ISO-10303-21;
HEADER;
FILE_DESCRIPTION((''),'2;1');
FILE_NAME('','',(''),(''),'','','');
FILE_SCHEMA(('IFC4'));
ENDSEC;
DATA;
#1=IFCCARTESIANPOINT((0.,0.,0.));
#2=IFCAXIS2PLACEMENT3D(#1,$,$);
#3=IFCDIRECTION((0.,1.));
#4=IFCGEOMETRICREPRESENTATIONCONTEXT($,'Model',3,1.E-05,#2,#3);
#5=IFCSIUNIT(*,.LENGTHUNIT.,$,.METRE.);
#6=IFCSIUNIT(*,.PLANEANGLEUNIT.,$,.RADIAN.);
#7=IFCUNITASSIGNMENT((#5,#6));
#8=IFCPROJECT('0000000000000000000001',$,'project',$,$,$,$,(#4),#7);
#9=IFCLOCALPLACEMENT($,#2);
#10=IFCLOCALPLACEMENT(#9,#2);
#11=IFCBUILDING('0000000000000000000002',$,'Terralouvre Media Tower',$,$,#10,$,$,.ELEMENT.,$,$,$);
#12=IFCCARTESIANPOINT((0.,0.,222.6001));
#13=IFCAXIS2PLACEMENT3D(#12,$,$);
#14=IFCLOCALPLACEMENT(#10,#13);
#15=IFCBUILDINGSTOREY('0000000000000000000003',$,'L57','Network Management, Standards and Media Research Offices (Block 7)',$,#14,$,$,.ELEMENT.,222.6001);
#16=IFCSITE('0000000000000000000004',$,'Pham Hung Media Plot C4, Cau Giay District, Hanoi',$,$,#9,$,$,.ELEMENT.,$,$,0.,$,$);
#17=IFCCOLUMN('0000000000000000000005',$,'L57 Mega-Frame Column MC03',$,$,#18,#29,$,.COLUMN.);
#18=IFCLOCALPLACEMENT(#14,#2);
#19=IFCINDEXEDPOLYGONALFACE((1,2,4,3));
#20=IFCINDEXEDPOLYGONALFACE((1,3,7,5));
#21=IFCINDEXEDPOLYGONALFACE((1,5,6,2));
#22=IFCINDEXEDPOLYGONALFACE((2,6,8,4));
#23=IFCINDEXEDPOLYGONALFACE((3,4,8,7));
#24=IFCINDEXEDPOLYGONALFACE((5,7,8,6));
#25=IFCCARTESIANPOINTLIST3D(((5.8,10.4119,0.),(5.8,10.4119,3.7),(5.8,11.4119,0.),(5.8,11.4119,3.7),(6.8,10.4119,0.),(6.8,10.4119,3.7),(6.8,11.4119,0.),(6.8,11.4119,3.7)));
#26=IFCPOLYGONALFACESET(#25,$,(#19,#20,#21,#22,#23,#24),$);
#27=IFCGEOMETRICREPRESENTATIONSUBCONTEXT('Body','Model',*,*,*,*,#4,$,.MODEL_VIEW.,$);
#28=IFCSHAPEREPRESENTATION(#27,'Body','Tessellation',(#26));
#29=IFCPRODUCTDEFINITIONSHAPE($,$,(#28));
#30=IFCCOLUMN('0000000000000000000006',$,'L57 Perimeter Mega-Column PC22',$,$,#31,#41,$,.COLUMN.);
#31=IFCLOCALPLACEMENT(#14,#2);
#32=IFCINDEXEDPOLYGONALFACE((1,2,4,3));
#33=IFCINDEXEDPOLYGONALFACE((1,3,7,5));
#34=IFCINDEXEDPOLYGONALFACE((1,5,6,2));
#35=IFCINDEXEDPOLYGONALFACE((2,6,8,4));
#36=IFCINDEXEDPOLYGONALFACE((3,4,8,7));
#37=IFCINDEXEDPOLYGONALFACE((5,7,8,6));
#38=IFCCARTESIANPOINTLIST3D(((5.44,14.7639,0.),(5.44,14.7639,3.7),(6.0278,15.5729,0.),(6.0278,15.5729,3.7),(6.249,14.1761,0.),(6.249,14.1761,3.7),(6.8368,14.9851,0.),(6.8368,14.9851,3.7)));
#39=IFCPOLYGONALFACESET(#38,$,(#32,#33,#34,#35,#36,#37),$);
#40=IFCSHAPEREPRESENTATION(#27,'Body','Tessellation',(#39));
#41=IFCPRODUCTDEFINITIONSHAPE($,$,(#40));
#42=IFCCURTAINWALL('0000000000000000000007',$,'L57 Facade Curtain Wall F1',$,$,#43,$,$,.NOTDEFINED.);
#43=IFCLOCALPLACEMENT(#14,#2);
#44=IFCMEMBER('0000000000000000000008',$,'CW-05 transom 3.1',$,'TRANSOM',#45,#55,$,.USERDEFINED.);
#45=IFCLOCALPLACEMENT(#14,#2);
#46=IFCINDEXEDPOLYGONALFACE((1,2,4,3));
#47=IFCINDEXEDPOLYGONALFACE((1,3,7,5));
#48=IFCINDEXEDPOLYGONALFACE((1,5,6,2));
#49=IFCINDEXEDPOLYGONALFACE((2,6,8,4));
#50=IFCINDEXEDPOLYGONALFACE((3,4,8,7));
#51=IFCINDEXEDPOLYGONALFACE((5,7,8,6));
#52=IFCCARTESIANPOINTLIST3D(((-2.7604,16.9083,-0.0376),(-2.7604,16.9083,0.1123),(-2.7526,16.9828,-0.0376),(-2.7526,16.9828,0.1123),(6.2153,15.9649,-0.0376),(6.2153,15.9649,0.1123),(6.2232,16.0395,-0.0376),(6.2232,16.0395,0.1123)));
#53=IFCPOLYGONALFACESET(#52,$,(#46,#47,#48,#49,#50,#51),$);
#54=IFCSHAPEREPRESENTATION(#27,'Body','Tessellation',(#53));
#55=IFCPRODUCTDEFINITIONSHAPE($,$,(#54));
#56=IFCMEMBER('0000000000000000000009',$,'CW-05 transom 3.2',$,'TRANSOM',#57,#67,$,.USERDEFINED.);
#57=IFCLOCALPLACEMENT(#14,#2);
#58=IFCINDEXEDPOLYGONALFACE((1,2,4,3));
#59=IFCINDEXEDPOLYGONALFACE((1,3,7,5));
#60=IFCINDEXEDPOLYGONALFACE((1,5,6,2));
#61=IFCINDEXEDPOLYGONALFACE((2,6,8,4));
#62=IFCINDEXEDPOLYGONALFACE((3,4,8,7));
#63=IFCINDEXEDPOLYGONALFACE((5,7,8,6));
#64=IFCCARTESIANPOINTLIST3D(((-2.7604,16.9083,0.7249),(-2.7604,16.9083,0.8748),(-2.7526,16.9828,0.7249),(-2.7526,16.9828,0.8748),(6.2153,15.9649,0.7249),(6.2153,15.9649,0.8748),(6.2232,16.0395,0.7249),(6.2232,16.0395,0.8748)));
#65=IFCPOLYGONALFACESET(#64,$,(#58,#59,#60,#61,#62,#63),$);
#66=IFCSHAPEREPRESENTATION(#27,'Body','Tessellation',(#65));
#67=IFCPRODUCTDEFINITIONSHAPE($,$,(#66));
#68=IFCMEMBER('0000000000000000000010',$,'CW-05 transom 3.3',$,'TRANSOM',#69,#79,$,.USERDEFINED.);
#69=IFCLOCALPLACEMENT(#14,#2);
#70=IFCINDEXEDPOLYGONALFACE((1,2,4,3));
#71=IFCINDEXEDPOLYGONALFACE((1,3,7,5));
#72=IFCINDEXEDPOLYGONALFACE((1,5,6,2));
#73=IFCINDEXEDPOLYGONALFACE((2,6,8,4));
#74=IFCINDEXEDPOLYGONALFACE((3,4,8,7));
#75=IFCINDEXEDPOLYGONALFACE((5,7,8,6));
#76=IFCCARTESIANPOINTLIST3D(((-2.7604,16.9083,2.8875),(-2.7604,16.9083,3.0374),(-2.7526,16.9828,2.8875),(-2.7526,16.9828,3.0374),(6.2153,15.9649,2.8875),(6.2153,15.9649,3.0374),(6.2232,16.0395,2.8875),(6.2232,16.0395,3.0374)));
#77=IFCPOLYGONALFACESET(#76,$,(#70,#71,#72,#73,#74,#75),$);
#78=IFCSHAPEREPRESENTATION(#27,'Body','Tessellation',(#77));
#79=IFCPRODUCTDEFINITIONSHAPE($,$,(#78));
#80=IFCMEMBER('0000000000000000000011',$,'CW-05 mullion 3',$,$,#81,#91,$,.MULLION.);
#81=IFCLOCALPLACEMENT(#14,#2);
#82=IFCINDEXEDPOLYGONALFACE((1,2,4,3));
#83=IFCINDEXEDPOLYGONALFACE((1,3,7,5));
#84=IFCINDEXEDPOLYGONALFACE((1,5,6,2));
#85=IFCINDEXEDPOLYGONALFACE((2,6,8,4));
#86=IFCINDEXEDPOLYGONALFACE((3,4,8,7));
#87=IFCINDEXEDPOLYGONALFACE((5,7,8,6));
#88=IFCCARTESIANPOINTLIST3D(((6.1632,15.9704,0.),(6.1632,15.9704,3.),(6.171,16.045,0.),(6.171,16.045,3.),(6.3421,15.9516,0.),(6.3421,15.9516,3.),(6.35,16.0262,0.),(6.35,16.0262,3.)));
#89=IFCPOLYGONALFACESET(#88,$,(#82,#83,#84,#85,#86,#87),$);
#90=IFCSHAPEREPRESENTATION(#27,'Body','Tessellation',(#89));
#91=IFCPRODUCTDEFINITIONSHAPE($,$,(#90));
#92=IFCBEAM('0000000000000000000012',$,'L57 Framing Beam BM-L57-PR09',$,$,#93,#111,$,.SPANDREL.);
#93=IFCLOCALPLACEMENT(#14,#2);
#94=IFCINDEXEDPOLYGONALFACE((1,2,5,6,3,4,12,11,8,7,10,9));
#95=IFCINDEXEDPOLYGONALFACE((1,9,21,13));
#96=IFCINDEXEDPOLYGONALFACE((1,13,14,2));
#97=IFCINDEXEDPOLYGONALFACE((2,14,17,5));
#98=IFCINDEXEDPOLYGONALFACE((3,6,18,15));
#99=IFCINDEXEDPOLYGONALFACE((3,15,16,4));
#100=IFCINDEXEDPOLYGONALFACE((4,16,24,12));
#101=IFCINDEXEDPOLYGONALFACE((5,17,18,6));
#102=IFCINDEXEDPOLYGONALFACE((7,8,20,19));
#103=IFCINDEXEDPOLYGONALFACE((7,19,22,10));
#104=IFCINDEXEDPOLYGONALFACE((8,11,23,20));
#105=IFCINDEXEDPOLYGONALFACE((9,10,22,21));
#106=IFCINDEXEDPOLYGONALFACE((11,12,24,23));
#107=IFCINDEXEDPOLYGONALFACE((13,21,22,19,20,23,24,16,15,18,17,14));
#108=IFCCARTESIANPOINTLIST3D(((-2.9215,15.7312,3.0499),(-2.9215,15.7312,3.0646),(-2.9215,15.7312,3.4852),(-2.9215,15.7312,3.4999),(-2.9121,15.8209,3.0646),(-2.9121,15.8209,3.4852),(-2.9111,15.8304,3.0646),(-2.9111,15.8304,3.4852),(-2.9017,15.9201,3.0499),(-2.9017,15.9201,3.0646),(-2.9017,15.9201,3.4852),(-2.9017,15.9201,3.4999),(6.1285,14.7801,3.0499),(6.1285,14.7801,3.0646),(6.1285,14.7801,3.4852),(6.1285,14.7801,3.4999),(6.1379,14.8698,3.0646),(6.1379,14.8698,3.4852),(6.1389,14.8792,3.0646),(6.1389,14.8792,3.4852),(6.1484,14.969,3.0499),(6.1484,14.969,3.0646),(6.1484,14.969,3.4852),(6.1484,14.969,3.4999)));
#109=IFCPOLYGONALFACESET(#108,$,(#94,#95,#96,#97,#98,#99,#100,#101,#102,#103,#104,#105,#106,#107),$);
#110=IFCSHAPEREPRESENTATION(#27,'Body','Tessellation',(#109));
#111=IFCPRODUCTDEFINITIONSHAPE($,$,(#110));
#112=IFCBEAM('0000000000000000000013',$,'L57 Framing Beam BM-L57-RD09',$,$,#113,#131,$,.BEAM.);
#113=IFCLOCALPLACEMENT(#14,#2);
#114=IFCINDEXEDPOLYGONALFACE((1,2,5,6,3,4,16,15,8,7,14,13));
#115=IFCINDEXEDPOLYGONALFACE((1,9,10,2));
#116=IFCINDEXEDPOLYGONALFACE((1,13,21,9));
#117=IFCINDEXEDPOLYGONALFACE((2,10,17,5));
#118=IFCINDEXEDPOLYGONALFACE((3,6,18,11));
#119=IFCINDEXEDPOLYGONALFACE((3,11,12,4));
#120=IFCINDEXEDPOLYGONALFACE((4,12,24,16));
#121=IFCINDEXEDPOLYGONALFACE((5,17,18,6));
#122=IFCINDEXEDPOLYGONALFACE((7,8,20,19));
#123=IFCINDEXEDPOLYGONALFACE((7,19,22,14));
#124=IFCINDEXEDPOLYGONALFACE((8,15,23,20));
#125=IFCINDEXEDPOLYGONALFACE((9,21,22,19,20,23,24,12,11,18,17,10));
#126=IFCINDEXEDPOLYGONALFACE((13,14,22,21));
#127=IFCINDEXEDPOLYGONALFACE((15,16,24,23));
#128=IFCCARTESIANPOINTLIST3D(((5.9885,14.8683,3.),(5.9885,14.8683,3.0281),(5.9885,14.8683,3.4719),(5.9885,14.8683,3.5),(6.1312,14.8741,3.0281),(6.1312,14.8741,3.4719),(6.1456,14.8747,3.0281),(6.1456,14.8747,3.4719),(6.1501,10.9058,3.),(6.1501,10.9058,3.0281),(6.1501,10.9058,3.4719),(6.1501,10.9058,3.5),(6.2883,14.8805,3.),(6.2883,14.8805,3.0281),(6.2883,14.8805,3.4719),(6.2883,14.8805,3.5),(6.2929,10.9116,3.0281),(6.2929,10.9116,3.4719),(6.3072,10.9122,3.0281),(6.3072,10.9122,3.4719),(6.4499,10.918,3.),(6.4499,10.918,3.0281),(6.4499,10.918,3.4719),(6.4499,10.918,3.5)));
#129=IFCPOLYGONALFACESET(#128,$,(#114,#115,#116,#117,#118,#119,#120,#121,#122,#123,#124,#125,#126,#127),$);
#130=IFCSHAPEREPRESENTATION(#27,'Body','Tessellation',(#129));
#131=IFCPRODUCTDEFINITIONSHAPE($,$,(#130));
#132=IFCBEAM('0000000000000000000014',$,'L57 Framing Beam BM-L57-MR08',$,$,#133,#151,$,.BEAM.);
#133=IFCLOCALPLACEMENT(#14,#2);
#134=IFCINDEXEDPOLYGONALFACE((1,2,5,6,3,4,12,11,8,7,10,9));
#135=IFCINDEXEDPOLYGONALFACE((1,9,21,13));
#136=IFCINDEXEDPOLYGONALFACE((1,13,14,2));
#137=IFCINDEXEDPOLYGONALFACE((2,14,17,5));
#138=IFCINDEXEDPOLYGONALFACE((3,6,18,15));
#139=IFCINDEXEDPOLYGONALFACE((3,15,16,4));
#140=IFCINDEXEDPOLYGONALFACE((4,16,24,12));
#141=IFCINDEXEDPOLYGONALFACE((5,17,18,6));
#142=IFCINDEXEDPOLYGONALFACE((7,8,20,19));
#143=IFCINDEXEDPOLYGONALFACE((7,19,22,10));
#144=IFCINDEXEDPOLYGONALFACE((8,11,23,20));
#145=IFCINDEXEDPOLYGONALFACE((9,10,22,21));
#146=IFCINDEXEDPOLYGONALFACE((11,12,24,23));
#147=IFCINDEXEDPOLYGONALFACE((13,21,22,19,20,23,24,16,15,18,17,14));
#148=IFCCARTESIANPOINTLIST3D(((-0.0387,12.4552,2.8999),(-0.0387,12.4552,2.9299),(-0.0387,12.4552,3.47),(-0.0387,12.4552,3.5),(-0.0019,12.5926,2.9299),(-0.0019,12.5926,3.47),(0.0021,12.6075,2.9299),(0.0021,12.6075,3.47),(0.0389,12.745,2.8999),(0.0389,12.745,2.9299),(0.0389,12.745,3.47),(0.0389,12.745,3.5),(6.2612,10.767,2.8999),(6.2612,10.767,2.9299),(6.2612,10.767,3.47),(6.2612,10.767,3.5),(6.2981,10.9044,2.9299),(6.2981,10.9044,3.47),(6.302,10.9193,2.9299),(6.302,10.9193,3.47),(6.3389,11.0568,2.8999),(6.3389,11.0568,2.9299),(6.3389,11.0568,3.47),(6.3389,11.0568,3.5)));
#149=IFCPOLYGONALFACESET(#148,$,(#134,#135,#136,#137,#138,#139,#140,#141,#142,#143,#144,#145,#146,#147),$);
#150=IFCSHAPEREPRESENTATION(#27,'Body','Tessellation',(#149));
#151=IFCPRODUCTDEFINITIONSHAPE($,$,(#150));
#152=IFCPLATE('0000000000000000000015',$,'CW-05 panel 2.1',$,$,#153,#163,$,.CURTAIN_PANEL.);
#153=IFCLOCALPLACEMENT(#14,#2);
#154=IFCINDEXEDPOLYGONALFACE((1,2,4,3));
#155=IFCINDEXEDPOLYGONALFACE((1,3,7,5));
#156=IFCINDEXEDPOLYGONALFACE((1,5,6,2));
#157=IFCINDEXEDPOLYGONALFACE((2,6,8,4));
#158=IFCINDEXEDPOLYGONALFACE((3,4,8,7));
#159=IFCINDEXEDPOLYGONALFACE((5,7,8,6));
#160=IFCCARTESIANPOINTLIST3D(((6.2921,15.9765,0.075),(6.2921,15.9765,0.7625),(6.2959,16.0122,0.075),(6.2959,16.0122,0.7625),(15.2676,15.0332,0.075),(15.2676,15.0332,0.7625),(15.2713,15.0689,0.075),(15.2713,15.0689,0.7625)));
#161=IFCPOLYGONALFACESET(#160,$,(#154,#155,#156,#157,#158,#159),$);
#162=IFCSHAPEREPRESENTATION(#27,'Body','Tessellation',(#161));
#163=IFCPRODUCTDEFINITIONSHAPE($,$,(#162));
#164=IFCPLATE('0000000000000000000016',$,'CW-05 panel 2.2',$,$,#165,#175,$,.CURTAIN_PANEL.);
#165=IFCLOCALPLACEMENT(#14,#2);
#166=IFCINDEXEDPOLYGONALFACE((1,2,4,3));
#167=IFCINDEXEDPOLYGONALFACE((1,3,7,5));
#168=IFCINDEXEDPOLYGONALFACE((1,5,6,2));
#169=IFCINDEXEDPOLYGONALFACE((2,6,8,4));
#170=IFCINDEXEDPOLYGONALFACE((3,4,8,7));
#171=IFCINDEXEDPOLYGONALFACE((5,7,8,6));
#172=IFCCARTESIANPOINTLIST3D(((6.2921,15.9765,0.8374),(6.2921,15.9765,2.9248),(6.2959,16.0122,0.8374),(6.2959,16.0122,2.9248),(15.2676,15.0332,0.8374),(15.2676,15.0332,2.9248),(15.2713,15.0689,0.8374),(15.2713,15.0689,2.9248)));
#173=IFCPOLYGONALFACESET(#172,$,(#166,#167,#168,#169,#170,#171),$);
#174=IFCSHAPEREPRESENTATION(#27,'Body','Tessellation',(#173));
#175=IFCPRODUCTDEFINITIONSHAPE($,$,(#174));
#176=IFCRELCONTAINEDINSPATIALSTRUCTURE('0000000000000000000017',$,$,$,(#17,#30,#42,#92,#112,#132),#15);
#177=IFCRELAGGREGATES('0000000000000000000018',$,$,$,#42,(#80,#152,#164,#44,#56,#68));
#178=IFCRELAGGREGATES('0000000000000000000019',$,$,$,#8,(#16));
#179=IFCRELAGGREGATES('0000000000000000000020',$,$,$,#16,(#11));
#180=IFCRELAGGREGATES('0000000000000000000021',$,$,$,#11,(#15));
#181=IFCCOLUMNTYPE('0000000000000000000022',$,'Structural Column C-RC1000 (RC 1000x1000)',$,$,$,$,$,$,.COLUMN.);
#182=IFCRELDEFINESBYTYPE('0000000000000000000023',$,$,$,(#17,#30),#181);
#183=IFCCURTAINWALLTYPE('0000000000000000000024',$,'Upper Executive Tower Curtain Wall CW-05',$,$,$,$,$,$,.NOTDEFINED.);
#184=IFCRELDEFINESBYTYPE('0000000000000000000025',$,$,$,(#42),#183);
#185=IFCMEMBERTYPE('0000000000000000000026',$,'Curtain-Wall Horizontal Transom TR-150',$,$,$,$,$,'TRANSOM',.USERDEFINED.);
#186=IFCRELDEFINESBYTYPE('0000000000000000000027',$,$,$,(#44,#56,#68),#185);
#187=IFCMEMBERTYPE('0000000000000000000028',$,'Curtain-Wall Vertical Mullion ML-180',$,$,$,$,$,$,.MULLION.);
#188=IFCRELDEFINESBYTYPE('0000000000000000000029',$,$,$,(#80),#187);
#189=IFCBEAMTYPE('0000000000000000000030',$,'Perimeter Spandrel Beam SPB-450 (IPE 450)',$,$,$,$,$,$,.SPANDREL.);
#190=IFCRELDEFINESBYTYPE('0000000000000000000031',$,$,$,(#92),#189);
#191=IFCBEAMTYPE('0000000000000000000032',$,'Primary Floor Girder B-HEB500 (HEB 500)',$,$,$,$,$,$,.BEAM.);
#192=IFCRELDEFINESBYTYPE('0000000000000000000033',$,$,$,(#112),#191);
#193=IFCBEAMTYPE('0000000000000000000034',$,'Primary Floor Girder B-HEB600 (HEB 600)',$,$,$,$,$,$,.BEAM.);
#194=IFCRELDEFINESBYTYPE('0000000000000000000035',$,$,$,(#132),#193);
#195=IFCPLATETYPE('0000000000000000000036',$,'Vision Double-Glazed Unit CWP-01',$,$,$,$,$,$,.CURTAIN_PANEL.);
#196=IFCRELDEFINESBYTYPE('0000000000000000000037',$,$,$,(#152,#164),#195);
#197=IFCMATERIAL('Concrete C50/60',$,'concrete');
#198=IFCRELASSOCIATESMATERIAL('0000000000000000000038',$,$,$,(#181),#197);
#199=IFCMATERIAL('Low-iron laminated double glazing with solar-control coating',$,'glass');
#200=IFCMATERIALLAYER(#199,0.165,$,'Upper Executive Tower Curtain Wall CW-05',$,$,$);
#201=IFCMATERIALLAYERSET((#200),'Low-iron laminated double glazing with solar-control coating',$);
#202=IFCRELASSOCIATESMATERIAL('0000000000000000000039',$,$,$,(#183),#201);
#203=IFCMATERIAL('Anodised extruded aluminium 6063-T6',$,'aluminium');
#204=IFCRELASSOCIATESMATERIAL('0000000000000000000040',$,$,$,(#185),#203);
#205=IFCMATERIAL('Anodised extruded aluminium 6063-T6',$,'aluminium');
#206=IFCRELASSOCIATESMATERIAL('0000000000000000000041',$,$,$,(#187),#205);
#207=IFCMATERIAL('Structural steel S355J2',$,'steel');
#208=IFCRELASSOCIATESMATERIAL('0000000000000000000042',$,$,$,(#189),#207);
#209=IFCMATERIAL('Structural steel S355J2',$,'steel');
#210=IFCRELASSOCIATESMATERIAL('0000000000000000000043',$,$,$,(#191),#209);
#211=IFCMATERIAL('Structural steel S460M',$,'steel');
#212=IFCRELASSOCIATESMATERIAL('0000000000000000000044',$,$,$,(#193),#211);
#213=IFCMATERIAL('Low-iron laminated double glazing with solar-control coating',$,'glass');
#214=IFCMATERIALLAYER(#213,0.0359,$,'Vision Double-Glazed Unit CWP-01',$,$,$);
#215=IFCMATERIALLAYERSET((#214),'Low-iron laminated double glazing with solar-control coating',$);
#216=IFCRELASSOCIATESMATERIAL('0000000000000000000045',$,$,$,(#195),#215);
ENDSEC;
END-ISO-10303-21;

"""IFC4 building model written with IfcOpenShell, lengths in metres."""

from ifc_helpers import new_model, si_unit, direction, frame, origin, origin_2d, place, context, subcontext, project, spatial, rectangle, i_section, extrude, material, layer, layer_set, material_profile, profile_set, type_object, element, aggregate, save


model = new_model("IFC4")

# Units and contexts
model_context = context("Model", 3, precision=1e-05, world=origin(), true_north=direction((0.0, 1.0)))
body_context = subcontext(model_context, "Body", "Model", "MODEL_VIEW")
ifc_project = project(units=[si_unit("LENGTHUNIT", "METRE"), si_unit("PLANEANGLEUNIT", "RADIAN")], contexts=[model_context])

# Site, building, storey
site_placement = place(None, origin())
site = spatial("IfcSite", under=ifc_project, at=site_placement, Name="Pham Hung Media Plot C4, Cau Giay District, Hanoi", CompositionType="ELEMENT", RefElevation=0.0)
building_placement = place(site_placement, origin())
building = spatial("IfcBuilding", under=site, at=building_placement, Name="Terralouvre Media Tower", CompositionType="ELEMENT")
storey_placement = place(building_placement, frame((0.0, 0.0, 222.6001)))
storey = spatial("IfcBuildingStorey", under=building, at=storey_placement, Name="L57", Description="Network Management, Standards and Media Research Offices (Block 7)", CompositionType="ELEMENT", Elevation=222.6001)

# Columns
ifc_material_1 = material(Name="Concrete C50/60", Category="concrete")
ifc_material_profile_1 = material_profile(ifc_material_1, rectangle(XDim=1.0, YDim=1.0, at=origin_2d()), Name="RC 1000x1000")
ifc_profile_set_1 = profile_set([ifc_material_profile_1], Name="Concrete C50/60")
column_type = type_object("IfcColumnType", Name="Structural Column C-RC1000 (RC 1000x1000)", PredefinedType="COLUMN", material=ifc_profile_set_1)
for number, where, z_axis, x_axis, name in (
    (1, (6.3, 10.9119, 0.0), (0.0, 0.0, 1.0), (1.0, 0.0, 0.0), "L57 Mega-Frame Column MC03"),
    (2, (6.1384, 14.8745, 0.0), (0.0, 0.0, 1.0), (0.587785, 0.809017, 0.0), "L57 Perimeter Mega-Column PC22"),
):
    element("IfcColumn", number, at=place(storey_placement, frame(where, z_axis=z_axis, x_axis=x_axis)), inside=storey, type_object=column_type, Name=name, PredefinedType="COLUMN", context=body_context, shape_type="SweptSolid", body=[
        extrude(rectangle(XDim=1.0, YDim=1.0, at=origin_2d()), origin(), (0.0, 0.0, 1.0), 3.7),
    ])

# Curtain wall, members
ifc_material_2 = material(Name="Low-iron laminated double glazing with solar-control coating", Category="glass")
ifc_layer_1 = layer(ifc_material_2, 0.165, Name="Upper Executive Tower Curtain Wall CW-05")
ifc_layer_set_1 = layer_set([ifc_layer_1], Name="Low-iron laminated double glazing with solar-control coating")
curtain_wall_type = type_object("IfcCurtainWallType", Name="Upper Executive Tower Curtain Wall CW-05", PredefinedType="NOTDEFINED", material=ifc_layer_set_1)
curtain_wall_placement = place(storey_placement, origin())
curtain_wall = element("IfcCurtainWall", 3, at=curtain_wall_placement, inside=storey, type_object=curtain_wall_type, Name="L57 Facade Curtain Wall F1", PredefinedType="NOTDEFINED")
ifc_material_3 = material(Name="Anodised extruded aluminium 6063-T6", Category="aluminium")
ifc_material_profile_2 = material_profile(ifc_material_3, rectangle(XDim=0.075, YDim=0.1499, at=origin_2d()), Name="ALU 75x150")
ifc_profile_set_2 = profile_set([ifc_material_profile_2], Name="Anodised extruded aluminium 6063-T6")
member_type_1 = type_object("IfcMemberType", Name="Curtain-Wall Horizontal Transom TR-150", ElementType="TRANSOM", PredefinedType="USERDEFINED", material=ifc_profile_set_2)
member_1_placement = place(storey_placement, frame((6.2192, 16.0022, 0.0374), z_axis=(-0.994522, 0.104527, 0.0), x_axis=(-0.104527, -0.994522, 0.0)))
member_1 = element("IfcMember", 4, at=member_1_placement, type_object=member_type_1, Name="CW-05 transom 3.1", ObjectType="TRANSOM", PredefinedType="USERDEFINED", context=body_context, shape_type="SweptSolid", body=[
    extrude(rectangle(XDim=0.075, YDim=0.1499, at=origin_2d()), origin(), (0.0, 0.0, 1.0), 9.0251),
])
member_2_placement = place(storey_placement, frame((6.2192, 16.0022, 0.7998), z_axis=(-0.994522, 0.104527, 0.0), x_axis=(-0.104527, -0.994522, 0.0)))
member_2 = element("IfcMember", 5, at=member_2_placement, type_object=member_type_1, Name="CW-05 transom 3.2", ObjectType="TRANSOM", PredefinedType="USERDEFINED", context=body_context, shape_type="SweptSolid", body=[
    extrude(rectangle(XDim=0.075, YDim=0.1499, at=origin_2d()), origin(), (0.0, 0.0, 1.0), 9.0251),
])
member_3_placement = place(storey_placement, frame((6.2192, 16.0022, 2.9624), z_axis=(-0.994522, 0.104527, 0.0), x_axis=(-0.104527, -0.994522, 0.0)))
member_3 = element("IfcMember", 6, at=member_3_placement, type_object=member_type_1, Name="CW-05 transom 3.3", ObjectType="TRANSOM", PredefinedType="USERDEFINED", context=body_context, shape_type="SweptSolid", body=[
    extrude(rectangle(XDim=0.075, YDim=0.1499, at=origin_2d()), origin(), (0.0, 0.0, 1.0), 9.0251),
])
ifc_material_4 = material(Name="Anodised extruded aluminium 6063-T6", Category="aluminium")
ifc_material_profile_3 = material_profile(ifc_material_4, rectangle(XDim=0.075, YDim=0.1799, at=origin_2d()), Name="ALU 75x180")
ifc_profile_set_3 = profile_set([ifc_material_profile_3], Name="Anodised extruded aluminium 6063-T6")
member_type_2 = type_object("IfcMemberType", Name="Curtain-Wall Vertical Mullion ML-180", PredefinedType="MULLION", material=ifc_profile_set_3)
member_4_placement = place(storey_placement, frame((6.2566, 15.9983, 0.0), z_axis=(0.0, 0.0, 1.0), x_axis=(-0.104529, -0.994522, 0.0)))
member_4 = element("IfcMember", 7, at=member_4_placement, type_object=member_type_2, Name="CW-05 mullion 3", PredefinedType="MULLION", context=body_context, shape_type="SweptSolid", body=[
    extrude(rectangle(XDim=0.075, YDim=0.1799, at=origin_2d()), origin(), (0.0, 0.0, 1.0), 3.0),
])

# Beams
ifc_material_5 = material(Name="Structural steel S355J2", Category="steel")
ifc_material_profile_4 = material_profile(ifc_material_5, i_section(OverallWidth=0.1899, OverallDepth=0.45, WebThickness=0.0095, FlangeThickness=0.0146, at=origin_2d()), Name="IPE 450")
ifc_profile_set_4 = profile_set([ifc_material_profile_4], Name="Structural steel S355J2")
beam_type_1 = type_object("IfcBeamType", Name="Perimeter Spandrel Beam SPB-450 (IPE 450)", PredefinedType="SPANDREL", material=ifc_profile_set_4)
beam_1_placement = place(storey_placement, frame((6.1384, 14.8745, 3.2749), z_axis=(-0.994522, 0.104526, 0.0), x_axis=(-0.104526, -0.994522, 0.0)))
element("IfcBeam", 8, at=beam_1_placement, inside=storey, type_object=beam_type_1, Name="L57 Framing Beam BM-L57-PR09", PredefinedType="SPANDREL", context=body_context, shape_type="SweptSolid", body=[
    extrude(i_section(OverallWidth=0.1899, OverallDepth=0.45, WebThickness=0.0095, FlangeThickness=0.0146, at=origin_2d()), origin(), (0.0, 0.0, 1.0), 9.0999),
])
ifc_material_6 = material(Name="Structural steel S355J2", Category="steel")
ifc_material_profile_5 = material_profile(ifc_material_6, i_section(OverallWidth=0.3, OverallDepth=0.5, WebThickness=0.0144, FlangeThickness=0.0281, at=origin_2d()), Name="HEB 500")
ifc_profile_set_5 = profile_set([ifc_material_profile_5], Name="Structural steel S355J2")
beam_type_2 = type_object("IfcBeamType", Name="Primary Floor Girder B-HEB500 (HEB 500)", PredefinedType="BEAM", material=ifc_profile_set_5)
beam_2_placement = place(storey_placement, frame((6.3, 10.9119, 3.25), z_axis=(-0.040752, 0.999169, 0.0), x_axis=(-0.999169, -0.040752, 0.0)))
element("IfcBeam", 9, at=beam_2_placement, inside=storey, type_object=beam_type_2, Name="L57 Framing Beam BM-L57-RD09", PredefinedType="BEAM", context=body_context, shape_type="SweptSolid", body=[
    extrude(i_section(OverallWidth=0.3, OverallDepth=0.5, WebThickness=0.0144, FlangeThickness=0.0281, at=origin_2d()), origin(), (0.0, 0.0, 1.0), 3.9658),
])
ifc_material_7 = material(Name="Structural steel S460M", Category="steel")
ifc_material_profile_6 = material_profile(ifc_material_7, i_section(OverallWidth=0.3, OverallDepth=0.6001, WebThickness=0.0154, FlangeThickness=0.03, at=origin_2d()), Name="HEB 600")
ifc_profile_set_6 = profile_set([ifc_material_profile_6], Name="Structural steel S460M")
beam_type_3 = type_object("IfcBeamType", Name="Primary Floor Girder B-HEB600 (HEB 600)", PredefinedType="BEAM", material=ifc_profile_set_6)
beam_3_placement = place(storey_placement, frame((6.3, 10.9119, 3.2), z_axis=(-0.96592, 0.258839, 0.0), x_axis=(-0.258839, -0.96592, 0.0)))
element("IfcBeam", 10, at=beam_3_placement, inside=storey, type_object=beam_type_3, Name="L57 Framing Beam BM-L57-MR08", PredefinedType="BEAM", context=body_context, shape_type="SweptSolid", body=[
    extrude(i_section(OverallWidth=0.3, OverallDepth=0.6001, WebThickness=0.0154, FlangeThickness=0.03, at=origin_2d()), origin(), (0.0, 0.0, 1.0), 6.5222),
])

# Plates
ifc_material_8 = material(Name="Low-iron laminated double glazing with solar-control coating", Category="glass")
ifc_layer_2 = layer(ifc_material_8, 0.0359, Name="Vision Double-Glazed Unit CWP-01")
ifc_layer_set_2 = layer_set([ifc_layer_2], Name="Low-iron laminated double glazing with solar-control coating")
plate_type = type_object("IfcPlateType", Name="Vision Double-Glazed Unit CWP-01", PredefinedType="CURTAIN_PANEL", material=ifc_layer_set_2)
plate_1_placement = place(storey_placement, frame((10.7817, 15.5227, 0.075), z_axis=(0.0, 0.0, 1.0), x_axis=(-0.994522, 0.104529, 0.0)))
plate_1 = element("IfcPlate", 11, at=plate_1_placement, type_object=plate_type, Name="CW-05 panel 2.1", PredefinedType="CURTAIN_PANEL", context=body_context, shape_type="SweptSolid", body=[
    extrude(rectangle(XDim=9.0249, YDim=0.0359, at=origin_2d()), origin(), (0.0, 0.0, 1.0), 0.6875),
])
plate_2_placement = place(storey_placement, frame((10.7817, 15.5227, 0.8374), z_axis=(0.0, 0.0, 1.0), x_axis=(-0.994522, 0.104529, 0.0)))
plate_2 = element("IfcPlate", 12, at=plate_2_placement, type_object=plate_type, Name="CW-05 panel 2.2", PredefinedType="CURTAIN_PANEL", context=body_context, shape_type="SweptSolid", body=[
    extrude(rectangle(XDim=9.0249, YDim=0.0359, at=origin_2d()), origin(), (0.0, 0.0, 1.0), 2.0874),
])
aggregate(curtain_wall, [member_4, plate_1, plate_2, member_1, member_2, member_3])

save(model, "model.ifc")
